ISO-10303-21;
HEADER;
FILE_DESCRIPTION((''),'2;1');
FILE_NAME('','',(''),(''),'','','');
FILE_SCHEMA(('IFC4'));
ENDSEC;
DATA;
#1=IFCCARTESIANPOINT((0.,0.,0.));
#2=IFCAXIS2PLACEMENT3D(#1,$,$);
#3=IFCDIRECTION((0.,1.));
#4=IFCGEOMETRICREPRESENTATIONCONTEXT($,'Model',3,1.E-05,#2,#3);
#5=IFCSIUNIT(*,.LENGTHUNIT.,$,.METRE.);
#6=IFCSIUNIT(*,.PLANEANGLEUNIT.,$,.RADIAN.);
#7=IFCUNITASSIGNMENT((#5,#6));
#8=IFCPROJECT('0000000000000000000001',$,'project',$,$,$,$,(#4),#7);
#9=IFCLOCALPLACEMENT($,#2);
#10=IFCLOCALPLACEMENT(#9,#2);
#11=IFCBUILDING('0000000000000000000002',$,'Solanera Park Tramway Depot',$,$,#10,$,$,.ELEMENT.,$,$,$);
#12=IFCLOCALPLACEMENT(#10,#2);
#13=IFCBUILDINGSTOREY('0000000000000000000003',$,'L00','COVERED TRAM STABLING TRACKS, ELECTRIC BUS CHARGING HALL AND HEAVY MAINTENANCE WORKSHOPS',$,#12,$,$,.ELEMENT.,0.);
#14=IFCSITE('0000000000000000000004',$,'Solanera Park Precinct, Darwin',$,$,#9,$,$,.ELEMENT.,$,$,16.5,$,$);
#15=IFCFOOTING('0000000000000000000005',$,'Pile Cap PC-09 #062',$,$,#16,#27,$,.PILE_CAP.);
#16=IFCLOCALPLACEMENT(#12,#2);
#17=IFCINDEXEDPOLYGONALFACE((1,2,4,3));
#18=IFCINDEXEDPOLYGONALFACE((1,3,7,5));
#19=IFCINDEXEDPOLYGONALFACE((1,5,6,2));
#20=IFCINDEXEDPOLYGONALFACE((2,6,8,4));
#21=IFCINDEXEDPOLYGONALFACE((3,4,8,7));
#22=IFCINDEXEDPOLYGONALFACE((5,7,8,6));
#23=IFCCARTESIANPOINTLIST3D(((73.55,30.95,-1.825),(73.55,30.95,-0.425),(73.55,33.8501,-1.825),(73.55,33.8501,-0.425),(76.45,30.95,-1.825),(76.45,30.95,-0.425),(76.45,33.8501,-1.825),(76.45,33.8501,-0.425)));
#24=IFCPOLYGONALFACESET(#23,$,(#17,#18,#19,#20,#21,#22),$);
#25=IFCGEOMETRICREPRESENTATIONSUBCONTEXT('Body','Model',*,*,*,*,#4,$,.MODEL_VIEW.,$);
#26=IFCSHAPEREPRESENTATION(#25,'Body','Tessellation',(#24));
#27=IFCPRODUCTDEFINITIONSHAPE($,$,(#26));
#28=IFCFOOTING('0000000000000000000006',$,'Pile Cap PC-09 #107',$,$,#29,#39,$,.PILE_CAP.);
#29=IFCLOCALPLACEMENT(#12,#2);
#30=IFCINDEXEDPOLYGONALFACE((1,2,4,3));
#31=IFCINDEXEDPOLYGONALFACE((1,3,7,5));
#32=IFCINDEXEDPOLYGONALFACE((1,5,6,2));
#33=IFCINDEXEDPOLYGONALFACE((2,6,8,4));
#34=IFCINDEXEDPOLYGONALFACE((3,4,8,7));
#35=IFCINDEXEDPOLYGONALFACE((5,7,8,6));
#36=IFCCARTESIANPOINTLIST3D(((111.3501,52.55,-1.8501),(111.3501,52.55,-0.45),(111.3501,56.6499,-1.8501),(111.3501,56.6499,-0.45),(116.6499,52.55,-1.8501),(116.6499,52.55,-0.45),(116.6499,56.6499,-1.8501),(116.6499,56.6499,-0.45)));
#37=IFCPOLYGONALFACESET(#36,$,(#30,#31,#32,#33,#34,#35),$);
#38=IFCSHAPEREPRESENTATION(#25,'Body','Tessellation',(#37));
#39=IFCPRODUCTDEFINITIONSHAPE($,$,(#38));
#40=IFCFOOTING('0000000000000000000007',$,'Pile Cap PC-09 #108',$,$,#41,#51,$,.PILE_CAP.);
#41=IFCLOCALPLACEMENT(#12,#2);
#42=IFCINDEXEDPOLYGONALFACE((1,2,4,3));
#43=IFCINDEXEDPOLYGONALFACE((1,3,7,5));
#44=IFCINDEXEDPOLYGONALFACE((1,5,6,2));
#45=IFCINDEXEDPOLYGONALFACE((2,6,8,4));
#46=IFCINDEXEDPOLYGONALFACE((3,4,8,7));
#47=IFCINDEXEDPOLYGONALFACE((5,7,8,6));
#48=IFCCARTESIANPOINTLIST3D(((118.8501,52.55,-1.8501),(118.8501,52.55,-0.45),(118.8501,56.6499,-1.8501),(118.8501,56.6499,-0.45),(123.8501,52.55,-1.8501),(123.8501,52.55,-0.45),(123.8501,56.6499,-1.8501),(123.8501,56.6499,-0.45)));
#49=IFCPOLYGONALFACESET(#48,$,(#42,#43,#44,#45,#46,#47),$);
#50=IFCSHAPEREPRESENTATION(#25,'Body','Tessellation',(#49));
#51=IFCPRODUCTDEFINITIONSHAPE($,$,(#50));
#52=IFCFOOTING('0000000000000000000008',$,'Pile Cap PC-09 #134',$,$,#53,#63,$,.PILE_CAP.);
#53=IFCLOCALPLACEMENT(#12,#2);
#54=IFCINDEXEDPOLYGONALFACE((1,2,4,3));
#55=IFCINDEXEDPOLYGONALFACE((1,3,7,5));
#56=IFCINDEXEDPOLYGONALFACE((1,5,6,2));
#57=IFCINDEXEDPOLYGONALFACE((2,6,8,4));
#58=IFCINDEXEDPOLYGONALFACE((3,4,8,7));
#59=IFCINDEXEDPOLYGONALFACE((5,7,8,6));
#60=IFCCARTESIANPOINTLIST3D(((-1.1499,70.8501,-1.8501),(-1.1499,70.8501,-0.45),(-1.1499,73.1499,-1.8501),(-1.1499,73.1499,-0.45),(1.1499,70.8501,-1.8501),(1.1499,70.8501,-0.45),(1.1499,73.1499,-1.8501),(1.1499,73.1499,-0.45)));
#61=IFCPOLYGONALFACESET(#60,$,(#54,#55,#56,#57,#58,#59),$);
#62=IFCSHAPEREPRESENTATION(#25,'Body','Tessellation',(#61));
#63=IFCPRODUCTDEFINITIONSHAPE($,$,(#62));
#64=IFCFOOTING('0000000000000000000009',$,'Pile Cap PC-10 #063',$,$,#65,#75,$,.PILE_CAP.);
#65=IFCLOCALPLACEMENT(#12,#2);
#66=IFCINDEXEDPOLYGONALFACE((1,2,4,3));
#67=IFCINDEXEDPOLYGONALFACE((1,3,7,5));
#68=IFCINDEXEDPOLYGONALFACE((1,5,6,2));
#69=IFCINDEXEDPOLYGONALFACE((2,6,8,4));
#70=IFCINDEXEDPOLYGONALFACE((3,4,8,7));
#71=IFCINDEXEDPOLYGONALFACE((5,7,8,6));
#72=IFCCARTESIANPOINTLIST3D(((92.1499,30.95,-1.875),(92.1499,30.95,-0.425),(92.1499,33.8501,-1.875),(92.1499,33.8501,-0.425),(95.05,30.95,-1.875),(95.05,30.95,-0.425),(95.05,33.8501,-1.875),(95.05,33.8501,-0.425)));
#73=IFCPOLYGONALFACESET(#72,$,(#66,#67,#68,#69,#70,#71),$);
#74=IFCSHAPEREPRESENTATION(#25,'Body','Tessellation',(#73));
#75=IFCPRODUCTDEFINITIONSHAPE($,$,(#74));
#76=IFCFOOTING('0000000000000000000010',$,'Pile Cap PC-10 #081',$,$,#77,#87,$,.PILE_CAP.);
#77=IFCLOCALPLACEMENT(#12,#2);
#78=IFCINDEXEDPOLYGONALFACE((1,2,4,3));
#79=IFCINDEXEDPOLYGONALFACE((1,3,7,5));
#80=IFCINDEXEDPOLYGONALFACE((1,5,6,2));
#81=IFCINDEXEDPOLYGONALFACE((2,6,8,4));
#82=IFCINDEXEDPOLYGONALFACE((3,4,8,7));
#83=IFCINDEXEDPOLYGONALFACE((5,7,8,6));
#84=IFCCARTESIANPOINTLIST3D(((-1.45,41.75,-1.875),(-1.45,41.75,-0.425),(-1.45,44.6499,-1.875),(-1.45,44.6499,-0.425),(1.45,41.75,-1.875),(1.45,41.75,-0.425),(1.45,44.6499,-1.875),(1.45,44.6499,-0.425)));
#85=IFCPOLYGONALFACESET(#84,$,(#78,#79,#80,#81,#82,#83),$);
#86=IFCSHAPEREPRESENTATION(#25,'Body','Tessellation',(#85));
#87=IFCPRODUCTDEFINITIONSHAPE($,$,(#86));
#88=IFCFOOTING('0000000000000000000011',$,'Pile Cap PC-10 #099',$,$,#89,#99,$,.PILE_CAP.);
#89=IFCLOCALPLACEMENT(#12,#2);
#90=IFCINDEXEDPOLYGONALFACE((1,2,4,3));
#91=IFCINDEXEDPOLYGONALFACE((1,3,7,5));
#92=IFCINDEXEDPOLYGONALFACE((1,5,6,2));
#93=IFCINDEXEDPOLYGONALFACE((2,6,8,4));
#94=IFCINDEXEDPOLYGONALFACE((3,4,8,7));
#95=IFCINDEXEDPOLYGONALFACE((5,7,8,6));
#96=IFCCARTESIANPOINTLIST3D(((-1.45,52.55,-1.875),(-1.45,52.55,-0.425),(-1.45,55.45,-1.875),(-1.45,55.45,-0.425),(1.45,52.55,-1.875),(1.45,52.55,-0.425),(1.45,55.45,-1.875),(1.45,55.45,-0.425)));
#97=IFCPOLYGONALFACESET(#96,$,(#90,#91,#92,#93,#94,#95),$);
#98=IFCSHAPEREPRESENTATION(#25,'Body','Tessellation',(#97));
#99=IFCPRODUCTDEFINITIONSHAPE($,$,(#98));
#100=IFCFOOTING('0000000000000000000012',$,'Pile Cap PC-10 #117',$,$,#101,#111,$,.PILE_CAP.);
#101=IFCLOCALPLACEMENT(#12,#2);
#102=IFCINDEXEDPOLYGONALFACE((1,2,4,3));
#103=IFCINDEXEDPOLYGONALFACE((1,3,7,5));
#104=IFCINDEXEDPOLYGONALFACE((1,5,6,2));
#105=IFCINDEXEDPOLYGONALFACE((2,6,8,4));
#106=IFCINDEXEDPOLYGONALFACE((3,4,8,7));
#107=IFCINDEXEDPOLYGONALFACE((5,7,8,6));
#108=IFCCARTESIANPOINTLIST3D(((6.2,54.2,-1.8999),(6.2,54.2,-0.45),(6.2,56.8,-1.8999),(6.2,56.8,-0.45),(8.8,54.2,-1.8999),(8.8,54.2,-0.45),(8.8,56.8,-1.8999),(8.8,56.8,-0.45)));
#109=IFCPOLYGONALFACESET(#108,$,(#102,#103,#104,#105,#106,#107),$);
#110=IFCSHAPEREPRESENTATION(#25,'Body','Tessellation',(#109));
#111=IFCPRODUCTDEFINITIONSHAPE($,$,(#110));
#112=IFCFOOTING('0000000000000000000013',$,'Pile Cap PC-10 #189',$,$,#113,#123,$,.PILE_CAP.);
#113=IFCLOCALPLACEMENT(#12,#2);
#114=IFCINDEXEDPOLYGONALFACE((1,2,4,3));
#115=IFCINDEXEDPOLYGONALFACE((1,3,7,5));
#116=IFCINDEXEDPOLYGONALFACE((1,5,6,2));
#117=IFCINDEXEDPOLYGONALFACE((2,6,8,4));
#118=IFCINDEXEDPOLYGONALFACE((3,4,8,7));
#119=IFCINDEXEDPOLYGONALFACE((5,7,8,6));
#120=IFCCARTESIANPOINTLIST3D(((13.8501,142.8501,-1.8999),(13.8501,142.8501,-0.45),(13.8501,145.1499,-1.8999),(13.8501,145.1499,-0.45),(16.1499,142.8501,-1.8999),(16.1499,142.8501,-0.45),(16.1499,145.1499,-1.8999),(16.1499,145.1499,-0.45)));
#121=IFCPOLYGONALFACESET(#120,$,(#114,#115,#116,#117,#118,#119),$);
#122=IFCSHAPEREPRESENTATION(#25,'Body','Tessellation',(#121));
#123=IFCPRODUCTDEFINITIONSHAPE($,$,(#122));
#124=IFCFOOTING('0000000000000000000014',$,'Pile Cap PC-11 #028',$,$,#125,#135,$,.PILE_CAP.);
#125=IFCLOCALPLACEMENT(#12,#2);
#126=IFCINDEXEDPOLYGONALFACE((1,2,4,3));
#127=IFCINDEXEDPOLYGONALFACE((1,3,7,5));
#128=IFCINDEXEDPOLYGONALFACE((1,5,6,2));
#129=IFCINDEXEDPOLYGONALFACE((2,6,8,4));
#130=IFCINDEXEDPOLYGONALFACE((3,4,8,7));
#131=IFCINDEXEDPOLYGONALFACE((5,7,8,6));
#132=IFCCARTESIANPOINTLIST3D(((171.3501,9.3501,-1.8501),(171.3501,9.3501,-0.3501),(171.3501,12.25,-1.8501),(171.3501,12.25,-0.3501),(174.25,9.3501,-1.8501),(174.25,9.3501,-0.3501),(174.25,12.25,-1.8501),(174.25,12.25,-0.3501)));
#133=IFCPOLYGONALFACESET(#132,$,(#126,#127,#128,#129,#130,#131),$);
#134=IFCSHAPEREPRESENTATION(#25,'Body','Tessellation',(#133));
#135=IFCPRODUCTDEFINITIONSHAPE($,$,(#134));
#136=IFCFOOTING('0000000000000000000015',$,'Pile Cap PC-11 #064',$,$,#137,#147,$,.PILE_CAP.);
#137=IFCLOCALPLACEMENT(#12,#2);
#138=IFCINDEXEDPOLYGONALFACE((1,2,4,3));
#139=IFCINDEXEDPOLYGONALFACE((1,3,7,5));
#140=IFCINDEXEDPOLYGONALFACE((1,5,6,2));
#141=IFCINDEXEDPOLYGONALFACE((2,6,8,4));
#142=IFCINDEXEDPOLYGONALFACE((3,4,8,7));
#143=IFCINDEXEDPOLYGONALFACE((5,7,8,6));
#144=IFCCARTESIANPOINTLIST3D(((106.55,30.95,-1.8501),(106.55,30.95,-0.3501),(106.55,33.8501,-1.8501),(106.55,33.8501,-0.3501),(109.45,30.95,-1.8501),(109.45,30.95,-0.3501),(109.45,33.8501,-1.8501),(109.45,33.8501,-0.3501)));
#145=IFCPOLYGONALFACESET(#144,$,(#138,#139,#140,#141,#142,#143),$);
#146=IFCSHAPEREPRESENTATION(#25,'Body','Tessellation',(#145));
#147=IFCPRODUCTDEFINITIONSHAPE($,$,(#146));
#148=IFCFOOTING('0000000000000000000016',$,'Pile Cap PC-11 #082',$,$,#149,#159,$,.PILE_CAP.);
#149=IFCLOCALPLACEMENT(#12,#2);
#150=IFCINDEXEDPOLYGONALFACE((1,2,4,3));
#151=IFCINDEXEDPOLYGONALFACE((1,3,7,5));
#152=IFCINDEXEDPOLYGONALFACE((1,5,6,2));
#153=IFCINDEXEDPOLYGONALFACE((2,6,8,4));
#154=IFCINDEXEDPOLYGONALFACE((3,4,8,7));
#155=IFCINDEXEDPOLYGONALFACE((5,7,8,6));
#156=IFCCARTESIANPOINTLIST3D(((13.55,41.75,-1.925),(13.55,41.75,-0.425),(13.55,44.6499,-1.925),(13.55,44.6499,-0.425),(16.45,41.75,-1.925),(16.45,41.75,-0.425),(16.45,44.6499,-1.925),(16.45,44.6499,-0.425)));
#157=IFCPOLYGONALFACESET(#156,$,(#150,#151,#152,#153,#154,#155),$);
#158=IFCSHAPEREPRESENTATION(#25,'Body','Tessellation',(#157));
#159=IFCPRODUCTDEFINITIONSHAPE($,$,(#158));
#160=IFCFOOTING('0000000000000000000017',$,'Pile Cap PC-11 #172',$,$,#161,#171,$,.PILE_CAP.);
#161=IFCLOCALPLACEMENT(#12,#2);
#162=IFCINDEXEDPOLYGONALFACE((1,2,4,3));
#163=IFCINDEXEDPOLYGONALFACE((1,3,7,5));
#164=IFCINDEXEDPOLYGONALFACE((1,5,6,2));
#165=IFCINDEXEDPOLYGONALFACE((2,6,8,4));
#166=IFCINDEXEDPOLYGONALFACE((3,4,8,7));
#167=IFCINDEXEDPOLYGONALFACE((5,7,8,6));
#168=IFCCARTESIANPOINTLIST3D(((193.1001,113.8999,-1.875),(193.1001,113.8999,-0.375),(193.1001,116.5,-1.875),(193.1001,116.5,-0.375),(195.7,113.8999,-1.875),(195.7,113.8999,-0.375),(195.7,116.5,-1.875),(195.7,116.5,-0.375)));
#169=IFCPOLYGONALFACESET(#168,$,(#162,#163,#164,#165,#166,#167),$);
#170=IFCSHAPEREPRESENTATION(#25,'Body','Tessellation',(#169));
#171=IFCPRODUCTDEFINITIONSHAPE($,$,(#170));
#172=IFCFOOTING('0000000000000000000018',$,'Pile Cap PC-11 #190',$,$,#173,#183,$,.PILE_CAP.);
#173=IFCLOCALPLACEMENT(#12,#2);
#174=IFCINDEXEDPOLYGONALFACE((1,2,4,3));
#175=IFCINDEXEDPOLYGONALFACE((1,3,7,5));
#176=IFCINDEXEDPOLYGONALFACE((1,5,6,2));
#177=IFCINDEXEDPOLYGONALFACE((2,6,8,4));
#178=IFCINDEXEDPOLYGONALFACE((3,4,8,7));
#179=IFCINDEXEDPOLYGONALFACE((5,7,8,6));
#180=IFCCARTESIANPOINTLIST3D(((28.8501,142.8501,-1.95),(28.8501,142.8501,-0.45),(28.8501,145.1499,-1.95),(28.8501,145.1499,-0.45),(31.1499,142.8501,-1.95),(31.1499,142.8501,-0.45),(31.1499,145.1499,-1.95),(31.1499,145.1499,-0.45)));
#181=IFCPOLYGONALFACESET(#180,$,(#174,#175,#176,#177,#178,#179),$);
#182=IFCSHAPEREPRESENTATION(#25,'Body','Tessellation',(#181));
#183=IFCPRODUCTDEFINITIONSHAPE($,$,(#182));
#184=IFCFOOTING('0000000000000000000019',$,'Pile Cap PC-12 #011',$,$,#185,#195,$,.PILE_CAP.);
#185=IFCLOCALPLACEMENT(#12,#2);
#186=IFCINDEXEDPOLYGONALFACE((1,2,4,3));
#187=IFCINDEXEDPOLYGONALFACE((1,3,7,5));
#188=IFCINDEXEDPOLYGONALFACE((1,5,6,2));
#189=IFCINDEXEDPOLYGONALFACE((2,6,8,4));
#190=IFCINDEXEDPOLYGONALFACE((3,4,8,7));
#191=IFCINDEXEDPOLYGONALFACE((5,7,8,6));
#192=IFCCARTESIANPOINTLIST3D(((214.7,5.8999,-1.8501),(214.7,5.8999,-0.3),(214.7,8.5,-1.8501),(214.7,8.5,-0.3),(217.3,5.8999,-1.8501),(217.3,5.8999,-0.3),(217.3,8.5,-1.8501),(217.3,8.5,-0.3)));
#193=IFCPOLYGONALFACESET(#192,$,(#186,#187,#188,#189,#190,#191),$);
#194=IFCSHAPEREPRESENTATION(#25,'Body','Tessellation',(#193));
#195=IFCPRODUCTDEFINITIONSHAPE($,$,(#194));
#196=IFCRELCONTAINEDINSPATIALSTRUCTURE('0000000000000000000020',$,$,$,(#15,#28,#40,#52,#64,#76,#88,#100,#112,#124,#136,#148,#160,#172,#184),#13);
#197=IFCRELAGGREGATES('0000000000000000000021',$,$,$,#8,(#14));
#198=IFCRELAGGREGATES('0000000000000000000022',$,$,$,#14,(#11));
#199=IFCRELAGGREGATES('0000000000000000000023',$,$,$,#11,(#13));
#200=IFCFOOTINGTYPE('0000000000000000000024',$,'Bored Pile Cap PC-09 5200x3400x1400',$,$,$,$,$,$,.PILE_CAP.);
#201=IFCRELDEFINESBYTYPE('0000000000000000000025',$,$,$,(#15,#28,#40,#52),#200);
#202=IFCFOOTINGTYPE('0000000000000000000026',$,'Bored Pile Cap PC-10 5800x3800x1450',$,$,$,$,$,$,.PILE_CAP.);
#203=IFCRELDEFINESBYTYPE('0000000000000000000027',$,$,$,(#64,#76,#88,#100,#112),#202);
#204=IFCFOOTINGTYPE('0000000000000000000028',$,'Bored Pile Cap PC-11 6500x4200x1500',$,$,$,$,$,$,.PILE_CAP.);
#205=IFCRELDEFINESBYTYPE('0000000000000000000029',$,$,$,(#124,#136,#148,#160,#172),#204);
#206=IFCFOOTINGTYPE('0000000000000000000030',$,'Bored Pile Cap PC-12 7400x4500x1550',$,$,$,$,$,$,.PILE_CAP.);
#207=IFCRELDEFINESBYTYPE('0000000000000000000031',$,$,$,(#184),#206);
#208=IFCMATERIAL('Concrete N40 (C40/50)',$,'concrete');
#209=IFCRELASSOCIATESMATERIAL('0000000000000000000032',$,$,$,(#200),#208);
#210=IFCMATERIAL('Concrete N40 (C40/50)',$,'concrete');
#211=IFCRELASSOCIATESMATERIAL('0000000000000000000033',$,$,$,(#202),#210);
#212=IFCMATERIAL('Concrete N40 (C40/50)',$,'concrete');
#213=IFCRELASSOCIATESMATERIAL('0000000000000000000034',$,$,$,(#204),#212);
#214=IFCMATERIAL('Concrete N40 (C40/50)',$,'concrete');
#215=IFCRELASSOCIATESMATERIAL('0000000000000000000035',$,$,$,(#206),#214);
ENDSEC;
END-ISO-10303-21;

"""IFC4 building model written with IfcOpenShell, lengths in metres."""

from ifc_helpers import new_model, si_unit, direction, frame, origin, place, context, subcontext, project, spatial, polyline, outline, extrude, material, type_object, element, save


model = new_model("IFC4")

# Units and contexts
model_context = context("Model", 3, precision=1e-05, world=origin(), true_north=direction((0.0, 1.0)))
body_context = subcontext(model_context, "Body", "Model", "MODEL_VIEW")
ifc_project = project(units=[si_unit("LENGTHUNIT", "METRE"), si_unit("PLANEANGLEUNIT", "RADIAN")], contexts=[model_context])

# Site, building, storey
site_placement = place(None, origin())
site = spatial("IfcSite", under=ifc_project, at=site_placement, Name="Solanera Park Precinct, Darwin", CompositionType="ELEMENT", RefElevation=16.5)
building_placement = place(site_placement, origin())
building = spatial("IfcBuilding", under=site, at=building_placement, Name="Solanera Park Tramway Depot", CompositionType="ELEMENT")
storey_placement = place(building_placement, origin())
storey = spatial("IfcBuildingStorey", under=building, at=storey_placement, Name="L00", Description="COVERED TRAM STABLING TRACKS, ELECTRIC BUS CHARGING HALL AND HEAVY MAINTENANCE WORKSHOPS", CompositionType="ELEMENT", Elevation=0.0)

# Footings
ifc_material_1 = material(Name="Concrete N40 (C40/50)", Category="concrete")
footing_type_1 = type_object("IfcFootingType", Name="Bored Pile Cap PC-09 5200x3400x1400", PredefinedType="PILE_CAP", material=ifc_material_1)
footing_1_placement = place(storey_placement, frame((0.0, 0.0, -1.825)))
element("IfcFooting", 1, at=footing_1_placement, inside=storey, type_object=footing_type_1, Name="Pile Cap PC-09 #062", PredefinedType="PILE_CAP", context=body_context, shape_type="SweptSolid", body=[
    extrude(outline(polyline([(76.45, 30.95), (76.45, 33.8501), (73.55, 33.8501), (73.55, 30.95), (76.45, 30.95)])), origin(), (0.0, 0.0, 1.0), 1.3999),
])
footing_2_placement = place(storey_placement, frame((0.0, 0.0, -1.8501)))
element("IfcFooting", 2, at=footing_2_placement, inside=storey, type_object=footing_type_1, Name="Pile Cap PC-09 #107", PredefinedType="PILE_CAP", context=body_context, shape_type="SweptSolid", body=[
    extrude(outline(polyline([(116.6499, 52.55), (116.6499, 56.6499), (111.3501, 56.6499), (111.3501, 52.55), (116.6499, 52.55)])), origin(), (0.0, 0.0, 1.0), 1.4001),
])
footing_3_placement = place(storey_placement, frame((0.0, 0.0, -1.8501)))
element("IfcFooting", 3, at=footing_3_placement, inside=storey, type_object=footing_type_1, Name="Pile Cap PC-09 #108", PredefinedType="PILE_CAP", context=body_context, shape_type="SweptSolid", body=[
    extrude(outline(polyline([(123.8501, 52.55), (123.8501, 56.6499), (118.8501, 56.6499), (118.8501, 52.55), (123.8501, 52.55)])), origin(), (0.0, 0.0, 1.0), 1.4001),
])
footing_4_placement = place(storey_placement, frame((0.0, 0.0, -1.8501)))
element("IfcFooting", 4, at=footing_4_placement, inside=storey, type_object=footing_type_1, Name="Pile Cap PC-09 #134", PredefinedType="PILE_CAP", context=body_context, shape_type="SweptSolid", body=[
    extrude(outline(polyline([(1.1499, 70.8501), (1.1499, 73.1499), (-1.1499, 73.1499), (-1.1499, 70.8501), (1.1499, 70.8501)])), origin(), (0.0, 0.0, 1.0), 1.4001),
])
ifc_material_2 = material(Name="Concrete N40 (C40/50)", Category="concrete")
footing_type_2 = type_object("IfcFootingType", Name="Bored Pile Cap PC-10 5800x3800x1450", PredefinedType="PILE_CAP", material=ifc_material_2)
footing_5_placement = place(storey_placement, frame((0.0, 0.0, -1.875)))
element("IfcFooting", 5, at=footing_5_placement, inside=storey, type_object=footing_type_2, Name="Pile Cap PC-10 #063", PredefinedType="PILE_CAP", context=body_context, shape_type="SweptSolid", body=[
    extrude(outline(polyline([(95.05, 30.95), (95.05, 33.8501), (92.1499, 33.8501), (92.1499, 30.95), (95.05, 30.95)])), origin(), (0.0, 0.0, 1.0), 1.45),
])
footing_6_placement = place(storey_placement, frame((0.0, 0.0, -1.875)))
element("IfcFooting", 6, at=footing_6_placement, inside=storey, type_object=footing_type_2, Name="Pile Cap PC-10 #081", PredefinedType="PILE_CAP", context=body_context, shape_type="SweptSolid", body=[
    extrude(outline(polyline([(1.45, 41.75), (1.45, 44.6499), (-1.45, 44.6499), (-1.45, 41.75), (1.45, 41.75)])), origin(), (0.0, 0.0, 1.0), 1.45),
])
footing_7_placement = place(storey_placement, frame((0.0, 0.0, -1.875)))
element("IfcFooting", 7, at=footing_7_placement, inside=storey, type_object=footing_type_2, Name="Pile Cap PC-10 #099", PredefinedType="PILE_CAP", context=body_context, shape_type="SweptSolid", body=[
    extrude(outline(polyline([(1.45, 52.55), (1.45, 55.45), (-1.45, 55.45), (-1.45, 52.55), (1.45, 52.55)])), origin(), (0.0, 0.0, 1.0), 1.45),
])
footing_8_placement = place(storey_placement, frame((0.0, 0.0, -1.8999)))
element("IfcFooting", 8, at=footing_8_placement, inside=storey, type_object=footing_type_2, Name="Pile Cap PC-10 #117", PredefinedType="PILE_CAP", context=body_context, shape_type="SweptSolid", body=[
    extrude(outline(polyline([(8.8, 54.2), (8.8, 56.8), (6.2, 56.8), (6.2, 54.2), (8.8, 54.2)])), origin(), (0.0, 0.0, 1.0), 1.45),
])
footing_9_placement = place(storey_placement, frame((0.0, 0.0, -1.8999)))
element("IfcFooting", 9, at=footing_9_placement, inside=storey, type_object=footing_type_2, Name="Pile Cap PC-10 #189", PredefinedType="PILE_CAP", context=body_context, shape_type="SweptSolid", body=[
    extrude(outline(polyline([(16.1499, 142.8501), (16.1499, 145.1499), (13.8501, 145.1499), (13.8501, 142.8501), (16.1499, 142.8501)])), origin(), (0.0, 0.0, 1.0), 1.45),
])
ifc_material_3 = material(Name="Concrete N40 (C40/50)", Category="concrete")
footing_type_3 = type_object("IfcFootingType", Name="Bored Pile Cap PC-11 6500x4200x1500", PredefinedType="PILE_CAP", material=ifc_material_3)
footing_10_placement = place(storey_placement, frame((0.0, 0.0, -1.8501)))
element("IfcFooting", 10, at=footing_10_placement, inside=storey, type_object=footing_type_3, Name="Pile Cap PC-11 #028", PredefinedType="PILE_CAP", context=body_context, shape_type="SweptSolid", body=[
    extrude(outline(polyline([(174.25, 9.3501), (174.25, 12.25), (171.3501, 12.25), (171.3501, 9.3501), (174.25, 9.3501)])), origin(), (0.0, 0.0, 1.0), 1.5),
])
footing_11_placement = place(storey_placement, frame((0.0, 0.0, -1.8501)))
element("IfcFooting", 11, at=footing_11_placement, inside=storey, type_object=footing_type_3, Name="Pile Cap PC-11 #064", PredefinedType="PILE_CAP", context=body_context, shape_type="SweptSolid", body=[
    extrude(outline(polyline([(109.45, 30.95), (109.45, 33.8501), (106.55, 33.8501), (106.55, 30.95), (109.45, 30.95)])), origin(), (0.0, 0.0, 1.0), 1.5),
])
footing_12_placement = place(storey_placement, frame((0.0, 0.0, -1.925)))
element("IfcFooting", 12, at=footing_12_placement, inside=storey, type_object=footing_type_3, Name="Pile Cap PC-11 #082", PredefinedType="PILE_CAP", context=body_context, shape_type="SweptSolid", body=[
    extrude(outline(polyline([(16.45, 41.75), (16.45, 44.6499), (13.55, 44.6499), (13.55, 41.75), (16.45, 41.75)])), origin(), (0.0, 0.0, 1.0), 1.5),
])
footing_13_placement = place(storey_placement, frame((0.0, 0.0, -1.875)))
element("IfcFooting", 13, at=footing_13_placement, inside=storey, type_object=footing_type_3, Name="Pile Cap PC-11 #172", PredefinedType="PILE_CAP", context=body_context, shape_type="SweptSolid", body=[
    extrude(outline(polyline([(195.7, 113.8999), (195.7, 116.5), (193.1001, 116.5), (193.1001, 113.8999), (195.7, 113.8999)])), origin(), (0.0, 0.0, 1.0), 1.5),
])
footing_14_placement = place(storey_placement, frame((0.0, 0.0, -1.95)))
element("IfcFooting", 14, at=footing_14_placement, inside=storey, type_object=footing_type_3, Name="Pile Cap PC-11 #190", PredefinedType="PILE_CAP", context=body_context, shape_type="SweptSolid", body=[
    extrude(outline(polyline([(31.1499, 142.8501), (31.1499, 145.1499), (28.8501, 145.1499), (28.8501, 142.8501), (31.1499, 142.8501)])), origin(), (0.0, 0.0, 1.0), 1.5),
])
ifc_material_4 = material(Name="Concrete N40 (C40/50)", Category="concrete")
footing_type_4 = type_object("IfcFootingType", Name="Bored Pile Cap PC-12 7400x4500x1550", PredefinedType="PILE_CAP", material=ifc_material_4)
footing_15_placement = place(storey_placement, frame((0.0, 0.0, -1.8501)))
element("IfcFooting", 15, at=footing_15_placement, inside=storey, type_object=footing_type_4, Name="Pile Cap PC-12 #011", PredefinedType="PILE_CAP", context=body_context, shape_type="SweptSolid", body=[
    extrude(outline(polyline([(217.3, 5.8999), (217.3, 8.5), (214.7, 8.5), (214.7, 5.8999), (217.3, 5.8999)])), origin(), (0.0, 0.0, 1.0), 1.55),
])

save(model, "model.ifc")
